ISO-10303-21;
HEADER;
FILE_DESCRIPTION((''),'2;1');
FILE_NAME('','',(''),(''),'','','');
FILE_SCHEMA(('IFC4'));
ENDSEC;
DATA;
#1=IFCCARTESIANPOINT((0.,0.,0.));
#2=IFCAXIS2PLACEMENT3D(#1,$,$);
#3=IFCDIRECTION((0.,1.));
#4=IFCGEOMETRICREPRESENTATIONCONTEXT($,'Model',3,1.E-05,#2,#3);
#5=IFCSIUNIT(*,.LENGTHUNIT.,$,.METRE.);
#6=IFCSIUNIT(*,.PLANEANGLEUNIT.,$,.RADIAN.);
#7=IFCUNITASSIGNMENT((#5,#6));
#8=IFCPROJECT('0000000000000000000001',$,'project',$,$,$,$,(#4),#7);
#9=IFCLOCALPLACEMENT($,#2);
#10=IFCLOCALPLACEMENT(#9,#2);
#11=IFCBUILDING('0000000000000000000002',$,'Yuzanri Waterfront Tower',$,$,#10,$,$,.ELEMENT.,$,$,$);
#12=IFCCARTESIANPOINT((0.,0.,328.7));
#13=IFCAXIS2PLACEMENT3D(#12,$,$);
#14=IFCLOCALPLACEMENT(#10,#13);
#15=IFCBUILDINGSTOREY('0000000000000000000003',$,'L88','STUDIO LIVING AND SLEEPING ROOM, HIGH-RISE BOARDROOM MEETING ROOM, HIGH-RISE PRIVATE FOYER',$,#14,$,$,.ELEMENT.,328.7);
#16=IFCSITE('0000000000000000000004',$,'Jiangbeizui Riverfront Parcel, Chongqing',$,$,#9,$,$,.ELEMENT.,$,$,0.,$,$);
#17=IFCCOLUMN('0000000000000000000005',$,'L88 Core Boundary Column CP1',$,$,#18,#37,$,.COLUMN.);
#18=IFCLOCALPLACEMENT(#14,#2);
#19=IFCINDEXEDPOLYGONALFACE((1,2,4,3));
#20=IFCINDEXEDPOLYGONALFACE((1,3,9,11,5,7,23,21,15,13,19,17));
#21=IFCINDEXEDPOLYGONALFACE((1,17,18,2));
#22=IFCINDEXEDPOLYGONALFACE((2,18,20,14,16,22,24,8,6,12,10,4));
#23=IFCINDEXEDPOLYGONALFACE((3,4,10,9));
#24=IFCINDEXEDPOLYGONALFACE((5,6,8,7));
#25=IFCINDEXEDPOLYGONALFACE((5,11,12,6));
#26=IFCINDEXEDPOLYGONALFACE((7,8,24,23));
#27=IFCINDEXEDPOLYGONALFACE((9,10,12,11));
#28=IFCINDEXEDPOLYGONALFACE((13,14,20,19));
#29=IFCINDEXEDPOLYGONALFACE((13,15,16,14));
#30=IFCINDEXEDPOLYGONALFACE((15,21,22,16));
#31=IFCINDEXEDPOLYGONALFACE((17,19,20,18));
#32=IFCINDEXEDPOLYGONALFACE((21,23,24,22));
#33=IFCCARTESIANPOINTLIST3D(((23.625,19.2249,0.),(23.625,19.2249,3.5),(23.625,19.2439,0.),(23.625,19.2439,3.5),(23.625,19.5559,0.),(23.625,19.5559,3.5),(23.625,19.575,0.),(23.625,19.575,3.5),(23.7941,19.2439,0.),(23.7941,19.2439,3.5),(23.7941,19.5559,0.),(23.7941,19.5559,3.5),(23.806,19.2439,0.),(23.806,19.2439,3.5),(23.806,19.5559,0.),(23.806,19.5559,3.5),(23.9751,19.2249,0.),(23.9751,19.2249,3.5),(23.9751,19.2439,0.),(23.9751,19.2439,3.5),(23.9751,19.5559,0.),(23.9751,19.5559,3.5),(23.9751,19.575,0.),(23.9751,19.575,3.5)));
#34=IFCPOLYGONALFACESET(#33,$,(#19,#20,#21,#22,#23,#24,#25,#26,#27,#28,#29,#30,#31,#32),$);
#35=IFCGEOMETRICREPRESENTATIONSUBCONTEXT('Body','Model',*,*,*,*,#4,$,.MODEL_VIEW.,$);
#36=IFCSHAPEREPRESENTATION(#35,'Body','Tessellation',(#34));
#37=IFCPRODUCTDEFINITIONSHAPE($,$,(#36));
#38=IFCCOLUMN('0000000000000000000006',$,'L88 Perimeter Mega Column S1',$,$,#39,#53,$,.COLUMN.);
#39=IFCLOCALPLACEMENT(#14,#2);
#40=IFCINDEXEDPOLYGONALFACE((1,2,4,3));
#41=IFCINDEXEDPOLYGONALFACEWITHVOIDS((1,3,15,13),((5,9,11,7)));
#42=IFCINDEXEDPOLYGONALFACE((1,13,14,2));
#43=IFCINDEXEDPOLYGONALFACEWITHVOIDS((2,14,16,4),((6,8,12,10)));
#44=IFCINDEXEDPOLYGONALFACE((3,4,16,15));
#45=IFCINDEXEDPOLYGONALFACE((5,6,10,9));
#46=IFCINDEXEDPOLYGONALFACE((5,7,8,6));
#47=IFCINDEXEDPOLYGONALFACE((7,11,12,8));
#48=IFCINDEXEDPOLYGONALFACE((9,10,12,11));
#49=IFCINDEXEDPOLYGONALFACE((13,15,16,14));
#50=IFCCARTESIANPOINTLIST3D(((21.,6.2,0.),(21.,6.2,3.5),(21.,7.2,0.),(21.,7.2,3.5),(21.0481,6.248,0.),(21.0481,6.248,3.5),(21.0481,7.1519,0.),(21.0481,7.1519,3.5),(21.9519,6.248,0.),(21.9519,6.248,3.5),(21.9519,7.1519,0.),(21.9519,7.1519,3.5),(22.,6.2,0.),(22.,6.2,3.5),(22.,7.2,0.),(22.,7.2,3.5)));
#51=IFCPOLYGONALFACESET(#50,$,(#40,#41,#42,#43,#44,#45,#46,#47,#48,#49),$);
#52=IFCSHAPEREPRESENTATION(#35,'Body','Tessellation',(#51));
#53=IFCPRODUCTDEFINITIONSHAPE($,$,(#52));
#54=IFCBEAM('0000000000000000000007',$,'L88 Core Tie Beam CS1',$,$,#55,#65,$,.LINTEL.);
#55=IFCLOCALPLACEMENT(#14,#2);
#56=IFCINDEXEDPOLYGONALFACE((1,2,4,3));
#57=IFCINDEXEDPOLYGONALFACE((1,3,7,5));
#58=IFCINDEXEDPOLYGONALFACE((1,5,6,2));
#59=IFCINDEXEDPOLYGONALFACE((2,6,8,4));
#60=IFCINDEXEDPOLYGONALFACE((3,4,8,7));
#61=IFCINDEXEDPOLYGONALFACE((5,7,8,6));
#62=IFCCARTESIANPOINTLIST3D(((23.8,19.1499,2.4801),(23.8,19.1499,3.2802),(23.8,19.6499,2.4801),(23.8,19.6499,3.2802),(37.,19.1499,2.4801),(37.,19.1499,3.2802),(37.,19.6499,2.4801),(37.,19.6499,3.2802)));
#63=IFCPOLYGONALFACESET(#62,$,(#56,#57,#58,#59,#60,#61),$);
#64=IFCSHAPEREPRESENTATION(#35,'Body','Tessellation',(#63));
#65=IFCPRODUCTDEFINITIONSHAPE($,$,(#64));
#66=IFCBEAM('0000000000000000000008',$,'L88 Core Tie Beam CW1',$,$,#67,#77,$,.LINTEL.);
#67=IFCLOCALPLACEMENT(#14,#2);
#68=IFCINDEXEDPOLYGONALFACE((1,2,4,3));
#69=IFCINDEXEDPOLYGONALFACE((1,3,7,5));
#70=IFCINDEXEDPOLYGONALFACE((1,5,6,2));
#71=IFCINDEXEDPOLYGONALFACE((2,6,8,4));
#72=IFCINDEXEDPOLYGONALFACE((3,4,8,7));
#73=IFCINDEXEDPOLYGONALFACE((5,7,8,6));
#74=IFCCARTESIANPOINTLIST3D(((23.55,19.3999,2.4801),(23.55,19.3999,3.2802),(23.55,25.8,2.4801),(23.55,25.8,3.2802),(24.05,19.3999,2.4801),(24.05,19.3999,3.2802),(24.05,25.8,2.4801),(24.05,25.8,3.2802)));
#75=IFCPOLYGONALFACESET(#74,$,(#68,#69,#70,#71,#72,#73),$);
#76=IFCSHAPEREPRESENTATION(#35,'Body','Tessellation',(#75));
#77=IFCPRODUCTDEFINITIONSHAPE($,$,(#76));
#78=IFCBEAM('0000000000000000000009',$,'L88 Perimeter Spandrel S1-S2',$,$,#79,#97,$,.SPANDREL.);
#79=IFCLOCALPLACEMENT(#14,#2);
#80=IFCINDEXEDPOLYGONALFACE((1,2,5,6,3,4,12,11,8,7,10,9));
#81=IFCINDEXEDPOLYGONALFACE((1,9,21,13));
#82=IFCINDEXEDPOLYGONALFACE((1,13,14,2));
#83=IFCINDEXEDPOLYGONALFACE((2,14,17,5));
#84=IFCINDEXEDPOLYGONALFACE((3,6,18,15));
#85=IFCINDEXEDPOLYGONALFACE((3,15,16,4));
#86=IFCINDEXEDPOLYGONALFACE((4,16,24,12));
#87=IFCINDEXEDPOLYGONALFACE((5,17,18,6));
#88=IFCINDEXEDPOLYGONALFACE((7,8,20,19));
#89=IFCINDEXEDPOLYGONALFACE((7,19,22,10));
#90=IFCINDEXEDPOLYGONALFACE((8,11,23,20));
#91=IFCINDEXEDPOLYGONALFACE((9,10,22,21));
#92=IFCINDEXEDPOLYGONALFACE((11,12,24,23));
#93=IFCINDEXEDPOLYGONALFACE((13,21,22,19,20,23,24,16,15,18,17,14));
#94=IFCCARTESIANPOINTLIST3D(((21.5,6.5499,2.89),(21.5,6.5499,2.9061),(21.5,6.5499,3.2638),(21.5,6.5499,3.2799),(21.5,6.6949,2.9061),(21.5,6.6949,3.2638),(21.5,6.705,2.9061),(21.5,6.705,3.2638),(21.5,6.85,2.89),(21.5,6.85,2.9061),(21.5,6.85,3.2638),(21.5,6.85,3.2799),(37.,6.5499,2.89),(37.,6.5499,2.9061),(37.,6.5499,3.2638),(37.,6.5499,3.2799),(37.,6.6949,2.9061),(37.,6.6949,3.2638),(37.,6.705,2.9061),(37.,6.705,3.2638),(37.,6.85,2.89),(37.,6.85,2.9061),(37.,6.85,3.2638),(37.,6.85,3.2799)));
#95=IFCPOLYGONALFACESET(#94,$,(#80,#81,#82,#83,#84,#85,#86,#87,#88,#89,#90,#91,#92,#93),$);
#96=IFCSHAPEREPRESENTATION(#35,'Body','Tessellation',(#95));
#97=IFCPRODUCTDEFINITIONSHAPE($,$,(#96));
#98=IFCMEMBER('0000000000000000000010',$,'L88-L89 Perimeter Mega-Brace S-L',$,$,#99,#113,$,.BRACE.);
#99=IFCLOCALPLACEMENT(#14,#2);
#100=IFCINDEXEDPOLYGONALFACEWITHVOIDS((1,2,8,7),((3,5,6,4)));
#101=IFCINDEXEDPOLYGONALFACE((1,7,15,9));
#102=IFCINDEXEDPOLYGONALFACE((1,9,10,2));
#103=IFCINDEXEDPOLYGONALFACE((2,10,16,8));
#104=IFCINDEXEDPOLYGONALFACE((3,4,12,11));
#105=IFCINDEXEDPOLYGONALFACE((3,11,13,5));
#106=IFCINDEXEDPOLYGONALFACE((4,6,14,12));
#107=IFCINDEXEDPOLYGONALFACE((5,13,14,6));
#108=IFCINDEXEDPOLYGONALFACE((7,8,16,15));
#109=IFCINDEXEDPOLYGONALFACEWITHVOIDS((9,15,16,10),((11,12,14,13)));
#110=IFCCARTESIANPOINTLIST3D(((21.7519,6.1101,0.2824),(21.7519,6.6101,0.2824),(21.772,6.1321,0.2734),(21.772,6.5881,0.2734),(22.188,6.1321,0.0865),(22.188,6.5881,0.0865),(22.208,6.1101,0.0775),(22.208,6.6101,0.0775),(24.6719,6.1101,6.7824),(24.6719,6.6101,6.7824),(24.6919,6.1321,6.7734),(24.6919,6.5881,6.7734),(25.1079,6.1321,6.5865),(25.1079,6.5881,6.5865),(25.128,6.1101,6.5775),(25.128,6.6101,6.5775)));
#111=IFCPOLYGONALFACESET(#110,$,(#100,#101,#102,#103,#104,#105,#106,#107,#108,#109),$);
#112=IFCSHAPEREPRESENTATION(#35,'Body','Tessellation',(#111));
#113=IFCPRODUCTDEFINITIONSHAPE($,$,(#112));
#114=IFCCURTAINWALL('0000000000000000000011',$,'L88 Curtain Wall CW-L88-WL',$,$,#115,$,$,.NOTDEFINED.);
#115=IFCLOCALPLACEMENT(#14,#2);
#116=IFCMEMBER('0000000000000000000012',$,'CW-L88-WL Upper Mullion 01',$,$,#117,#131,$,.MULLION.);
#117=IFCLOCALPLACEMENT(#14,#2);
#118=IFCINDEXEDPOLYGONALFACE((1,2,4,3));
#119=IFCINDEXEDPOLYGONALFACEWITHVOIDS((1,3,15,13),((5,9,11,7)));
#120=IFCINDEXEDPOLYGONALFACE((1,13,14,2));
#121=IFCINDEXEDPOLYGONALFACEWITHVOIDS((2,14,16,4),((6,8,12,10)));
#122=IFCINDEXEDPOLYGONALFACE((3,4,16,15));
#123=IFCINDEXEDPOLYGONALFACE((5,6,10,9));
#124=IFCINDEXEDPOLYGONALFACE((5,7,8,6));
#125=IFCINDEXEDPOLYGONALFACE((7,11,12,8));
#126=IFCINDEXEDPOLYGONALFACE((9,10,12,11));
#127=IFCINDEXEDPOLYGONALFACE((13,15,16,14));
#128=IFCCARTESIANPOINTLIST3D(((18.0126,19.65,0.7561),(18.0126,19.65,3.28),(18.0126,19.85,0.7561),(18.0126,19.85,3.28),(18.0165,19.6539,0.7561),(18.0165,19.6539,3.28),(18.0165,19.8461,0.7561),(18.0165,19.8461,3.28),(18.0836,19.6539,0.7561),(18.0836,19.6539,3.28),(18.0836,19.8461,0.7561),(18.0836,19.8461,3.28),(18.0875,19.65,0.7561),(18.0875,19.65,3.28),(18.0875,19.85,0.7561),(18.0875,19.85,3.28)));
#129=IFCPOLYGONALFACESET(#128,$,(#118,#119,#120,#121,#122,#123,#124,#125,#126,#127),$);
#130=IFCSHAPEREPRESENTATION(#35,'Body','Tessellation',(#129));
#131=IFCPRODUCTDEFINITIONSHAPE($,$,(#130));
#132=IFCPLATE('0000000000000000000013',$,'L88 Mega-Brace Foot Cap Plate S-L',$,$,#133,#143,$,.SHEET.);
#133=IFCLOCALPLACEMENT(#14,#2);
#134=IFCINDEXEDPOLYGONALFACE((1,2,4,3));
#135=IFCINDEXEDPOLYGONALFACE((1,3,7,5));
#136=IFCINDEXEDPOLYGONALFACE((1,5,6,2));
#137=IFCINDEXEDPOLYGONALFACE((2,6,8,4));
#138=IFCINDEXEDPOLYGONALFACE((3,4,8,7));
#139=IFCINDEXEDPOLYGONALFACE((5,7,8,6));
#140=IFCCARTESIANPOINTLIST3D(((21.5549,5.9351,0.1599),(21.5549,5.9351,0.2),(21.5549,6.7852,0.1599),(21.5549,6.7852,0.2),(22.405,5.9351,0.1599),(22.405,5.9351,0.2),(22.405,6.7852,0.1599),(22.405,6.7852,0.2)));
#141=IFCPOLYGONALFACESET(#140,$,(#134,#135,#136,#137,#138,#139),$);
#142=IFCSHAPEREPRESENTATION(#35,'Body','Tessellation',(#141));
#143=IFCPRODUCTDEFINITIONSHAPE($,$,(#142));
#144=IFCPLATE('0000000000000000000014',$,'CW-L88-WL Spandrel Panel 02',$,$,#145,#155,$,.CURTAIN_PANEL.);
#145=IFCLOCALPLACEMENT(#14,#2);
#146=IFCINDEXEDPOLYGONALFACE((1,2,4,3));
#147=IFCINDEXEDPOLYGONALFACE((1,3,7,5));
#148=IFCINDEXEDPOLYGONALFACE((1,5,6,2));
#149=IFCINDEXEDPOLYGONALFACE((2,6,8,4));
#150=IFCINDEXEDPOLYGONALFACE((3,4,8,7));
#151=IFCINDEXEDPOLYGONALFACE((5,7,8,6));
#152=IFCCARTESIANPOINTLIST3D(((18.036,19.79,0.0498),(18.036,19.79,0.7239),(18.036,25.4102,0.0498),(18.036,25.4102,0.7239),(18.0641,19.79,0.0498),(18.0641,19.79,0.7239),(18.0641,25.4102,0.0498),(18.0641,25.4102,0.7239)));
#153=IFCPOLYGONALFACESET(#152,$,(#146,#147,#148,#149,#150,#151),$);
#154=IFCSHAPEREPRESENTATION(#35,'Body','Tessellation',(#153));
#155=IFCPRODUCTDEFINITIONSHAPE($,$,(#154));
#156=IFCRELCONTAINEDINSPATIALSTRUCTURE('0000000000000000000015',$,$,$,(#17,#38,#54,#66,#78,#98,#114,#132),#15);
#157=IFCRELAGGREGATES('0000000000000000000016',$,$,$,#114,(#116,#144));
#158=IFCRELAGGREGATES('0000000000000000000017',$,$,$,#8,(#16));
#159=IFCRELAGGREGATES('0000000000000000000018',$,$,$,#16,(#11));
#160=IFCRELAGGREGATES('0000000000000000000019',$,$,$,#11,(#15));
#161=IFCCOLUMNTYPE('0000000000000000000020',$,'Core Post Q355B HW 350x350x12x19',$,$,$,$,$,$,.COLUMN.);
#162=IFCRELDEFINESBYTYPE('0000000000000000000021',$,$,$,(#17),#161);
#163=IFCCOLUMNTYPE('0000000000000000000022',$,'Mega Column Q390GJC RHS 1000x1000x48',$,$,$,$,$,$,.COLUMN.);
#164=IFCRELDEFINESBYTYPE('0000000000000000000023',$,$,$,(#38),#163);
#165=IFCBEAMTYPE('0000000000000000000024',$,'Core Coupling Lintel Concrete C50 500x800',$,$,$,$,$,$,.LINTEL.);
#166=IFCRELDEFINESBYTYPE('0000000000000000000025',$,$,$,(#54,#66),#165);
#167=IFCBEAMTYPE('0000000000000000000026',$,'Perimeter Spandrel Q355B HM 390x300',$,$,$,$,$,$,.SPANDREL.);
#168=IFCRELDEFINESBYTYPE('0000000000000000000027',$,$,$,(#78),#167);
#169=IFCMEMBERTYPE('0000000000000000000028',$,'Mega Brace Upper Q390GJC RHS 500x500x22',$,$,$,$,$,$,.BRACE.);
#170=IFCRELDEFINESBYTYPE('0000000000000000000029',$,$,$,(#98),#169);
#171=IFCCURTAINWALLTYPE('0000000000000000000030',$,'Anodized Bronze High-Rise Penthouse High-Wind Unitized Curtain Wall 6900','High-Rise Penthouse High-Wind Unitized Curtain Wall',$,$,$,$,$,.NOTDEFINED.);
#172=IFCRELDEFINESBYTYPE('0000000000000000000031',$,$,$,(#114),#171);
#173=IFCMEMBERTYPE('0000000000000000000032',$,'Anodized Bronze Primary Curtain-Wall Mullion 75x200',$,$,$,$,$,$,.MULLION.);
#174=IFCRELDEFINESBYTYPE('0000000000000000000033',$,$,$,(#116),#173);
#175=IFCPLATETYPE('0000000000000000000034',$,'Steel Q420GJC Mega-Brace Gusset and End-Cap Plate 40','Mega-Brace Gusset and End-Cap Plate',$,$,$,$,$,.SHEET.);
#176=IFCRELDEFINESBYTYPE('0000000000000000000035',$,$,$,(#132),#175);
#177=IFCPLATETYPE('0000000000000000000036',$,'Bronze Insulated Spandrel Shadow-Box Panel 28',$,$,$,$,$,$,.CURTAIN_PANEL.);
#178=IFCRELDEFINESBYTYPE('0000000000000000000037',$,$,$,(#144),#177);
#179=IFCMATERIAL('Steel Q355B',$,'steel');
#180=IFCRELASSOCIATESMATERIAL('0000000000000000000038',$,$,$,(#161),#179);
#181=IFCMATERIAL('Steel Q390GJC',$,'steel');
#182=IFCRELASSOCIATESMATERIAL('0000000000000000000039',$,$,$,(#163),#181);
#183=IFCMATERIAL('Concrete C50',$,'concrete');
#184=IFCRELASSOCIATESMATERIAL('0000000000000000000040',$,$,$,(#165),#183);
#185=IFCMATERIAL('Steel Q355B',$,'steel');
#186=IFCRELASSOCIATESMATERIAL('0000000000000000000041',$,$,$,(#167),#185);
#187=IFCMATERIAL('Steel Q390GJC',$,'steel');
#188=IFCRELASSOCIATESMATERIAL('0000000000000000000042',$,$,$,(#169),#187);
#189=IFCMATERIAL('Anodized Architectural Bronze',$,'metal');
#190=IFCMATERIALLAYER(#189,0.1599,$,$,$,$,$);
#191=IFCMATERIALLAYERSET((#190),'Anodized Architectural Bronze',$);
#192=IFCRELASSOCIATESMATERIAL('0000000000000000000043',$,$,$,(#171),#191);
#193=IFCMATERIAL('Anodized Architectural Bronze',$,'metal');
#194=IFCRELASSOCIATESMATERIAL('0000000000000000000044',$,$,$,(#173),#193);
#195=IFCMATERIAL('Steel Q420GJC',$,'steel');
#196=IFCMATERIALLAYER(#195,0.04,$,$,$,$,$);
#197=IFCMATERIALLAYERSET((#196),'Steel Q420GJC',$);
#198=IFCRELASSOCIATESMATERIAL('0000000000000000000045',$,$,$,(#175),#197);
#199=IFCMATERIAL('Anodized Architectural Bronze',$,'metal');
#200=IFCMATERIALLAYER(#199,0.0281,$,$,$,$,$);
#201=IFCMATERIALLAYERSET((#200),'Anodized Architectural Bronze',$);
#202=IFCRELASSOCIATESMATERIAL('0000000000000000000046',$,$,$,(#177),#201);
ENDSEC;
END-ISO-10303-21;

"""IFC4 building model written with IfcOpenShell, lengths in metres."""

from ifc_helpers import new_model, si_unit, direction, frame, origin, origin_2d, place, context, subcontext, project, spatial, rectangle, hollow_rectangle, i_section, extrude, source, transform, mapped, material, layer, layer_set, material_profile, profile_set, type_object, element, aggregate, save


model = new_model("IFC4")

# Units and contexts
model_context = context("Model", 3, precision=1e-05, world=origin(), true_north=direction((0.0, 1.0)))
body_context = subcontext(model_context, "Body", "Model", "MODEL_VIEW")
ifc_project = project(units=[si_unit("LENGTHUNIT", "METRE"), si_unit("PLANEANGLEUNIT", "RADIAN")], contexts=[model_context])

# Site, building, storey
site_placement = place(None, origin())
site = spatial("IfcSite", under=ifc_project, at=site_placement, Name="Jiangbeizui Riverfront Parcel, Chongqing", CompositionType="ELEMENT", RefElevation=0.0)
building_placement = place(site_placement, origin())
building = spatial("IfcBuilding", under=site, at=building_placement, Name="Yuzanri Waterfront Tower", CompositionType="ELEMENT")
storey_placement = place(building_placement, frame((0.0, 0.0, 328.7)))
storey = spatial("IfcBuildingStorey", under=building, at=storey_placement, Name="L88", Description="STUDIO LIVING AND SLEEPING ROOM, HIGH-RISE BOARDROOM MEETING ROOM, HIGH-RISE PRIVATE FOYER", CompositionType="ELEMENT", Elevation=328.7)

# Columns
ifc_material_1 = material(Name="Steel Q355B", Category="steel")
ifc_material_profile_1 = material_profile(ifc_material_1, i_section(OverallWidth=0.3501, OverallDepth=0.3501, WebThickness=0.012, FlangeThickness=0.019, at=origin_2d()), Name="HW 350x350x12x19")
ifc_profile_set_1 = profile_set([ifc_material_profile_1], Name="Steel Q355B")
column_type_1 = type_object("IfcColumnType", Name="Core Post Q355B HW 350x350x12x19", PredefinedType="COLUMN", material=ifc_profile_set_1)
shared_shape_1 = source(origin(), body_context, "Body", "SweptSolid", [
    extrude(i_section(OverallWidth=0.3501, OverallDepth=0.3501, WebThickness=0.012, FlangeThickness=0.019, at=origin_2d()), origin(), (0.0, 0.0, 1.0), 3.5),
])
column_1_placement = place(storey_placement, frame((23.8, 19.3999, 0.0), z_axis=(0.0, 0.0, 1.0), x_axis=(1.0, 0.0, 0.0)))
element("IfcColumn", 1, at=column_1_placement, inside=storey, type_object=column_type_1, Name="L88 Core Boundary Column CP1", PredefinedType="COLUMN", context=body_context, shape_type="MappedRepresentation", body=[
    mapped(shared_shape_1, transform((0.0, 0.0, 0.0), scale=1.0)),
])
ifc_material_2 = material(Name="Steel Q390GJC", Category="steel")
ifc_material_profile_2 = material_profile(ifc_material_2, hollow_rectangle(XDim=1.0, YDim=1.0, WallThickness=0.0481, at=origin_2d()), Name="RHS 1000x1000x48")
ifc_profile_set_2 = profile_set([ifc_material_profile_2], Name="Steel Q390GJC")
column_type_2 = type_object("IfcColumnType", Name="Mega Column Q390GJC RHS 1000x1000x48", PredefinedType="COLUMN", material=ifc_profile_set_2)
shared_shape_2 = source(origin(), body_context, "Body", "SweptSolid", [
    extrude(hollow_rectangle(XDim=1.0, YDim=1.0, WallThickness=0.0481, at=origin_2d()), origin(), (0.0, 0.0, 1.0), 3.5),
])
column_2_placement = place(storey_placement, frame((21.5, 6.7, 0.0), z_axis=(0.0, 0.0, 1.0), x_axis=(1.0, 0.0, 0.0)))
element("IfcColumn", 2, at=column_2_placement, inside=storey, type_object=column_type_2, Name="L88 Perimeter Mega Column S1", PredefinedType="COLUMN", context=body_context, shape_type="MappedRepresentation", body=[
    mapped(shared_shape_2, transform((0.0, 0.0, 0.0), scale=1.0)),
])

# Beams
ifc_material_3 = material(Name="Concrete C50", Category="concrete")
ifc_material_profile_3 = material_profile(ifc_material_3, rectangle(XDim=0.5, YDim=0.8, at=origin_2d()), Name="RC 500x800")
ifc_profile_set_3 = profile_set([ifc_material_profile_3], Name="Concrete C50")
beam_type_1 = type_object("IfcBeamType", Name="Core Coupling Lintel Concrete C50 500x800", PredefinedType="LINTEL", material=ifc_profile_set_3)
shared_shape_3 = source(origin(), body_context, "Body", "SweptSolid", [
    extrude(rectangle(XDim=0.5, YDim=0.8, at=origin_2d()), origin(), (0.0, 0.0, 1.0), 13.2),
])
beam_1_placement = place(storey_placement, frame((23.8, 19.3999, 2.8801), z_axis=(1.0, 0.0, 0.0), x_axis=(0.0, 1.0, 0.0)))
element("IfcBeam", 3, at=beam_1_placement, inside=storey, type_object=beam_type_1, Name="L88 Core Tie Beam CS1", PredefinedType="LINTEL", context=body_context, shape_type="MappedRepresentation", body=[
    mapped(shared_shape_3, transform((0.0, 0.0, 0.0), scale=1.0)),
])
shared_shape_4 = source(origin(), body_context, "Body", "SweptSolid", [
    extrude(rectangle(XDim=0.5, YDim=0.8, at=origin_2d()), origin(), (0.0, 0.0, 1.0), 6.4001),
])
beam_2_placement = place(storey_placement, frame((23.8, 19.3999, 2.8801), z_axis=(0.0, 1.0, 0.0), x_axis=(-1.0, 0.0, 0.0)))
element("IfcBeam", 4, at=beam_2_placement, inside=storey, type_object=beam_type_1, Name="L88 Core Tie Beam CW1", PredefinedType="LINTEL", context=body_context, shape_type="MappedRepresentation", body=[
    mapped(shared_shape_4, transform((0.0, 0.0, 0.0), scale=1.0)),
])
ifc_material_4 = material(Name="Steel Q355B", Category="steel")
ifc_material_profile_4 = material_profile(ifc_material_4, i_section(OverallWidth=0.3, OverallDepth=0.3899, WebThickness=0.01, FlangeThickness=0.0161, at=origin_2d()), Name="HM 390x300x10x16")
ifc_profile_set_4 = profile_set([ifc_material_profile_4], Name="Steel Q355B")
beam_type_2 = type_object("IfcBeamType", Name="Perimeter Spandrel Q355B HM 390x300", PredefinedType="SPANDREL", material=ifc_profile_set_4)
shared_shape_5 = source(origin(), body_context, "Body", "SweptSolid", [
    extrude(i_section(OverallWidth=0.3, OverallDepth=0.3899, WebThickness=0.01, FlangeThickness=0.0161, at=origin_2d()), origin(), (0.0, 0.0, 1.0), 15.5),
])
beam_3_placement = place(storey_placement, frame((21.5, 6.7, 3.085), z_axis=(1.0, 0.0, 0.0), x_axis=(0.0, 1.0, 0.0)))
element("IfcBeam", 5, at=beam_3_placement, inside=storey, type_object=beam_type_2, Name="L88 Perimeter Spandrel S1-S2", PredefinedType="SPANDREL", context=body_context, shape_type="MappedRepresentation", body=[
    mapped(shared_shape_5, transform((0.0, 0.0, 0.0), scale=1.0)),
])

# Member
ifc_material_5 = material(Name="Steel Q390GJC", Category="steel")
ifc_material_profile_5 = material_profile(ifc_material_5, hollow_rectangle(XDim=0.5, YDim=0.5, WallThickness=0.022, at=origin_2d()), Name="RHS 500x500x22")
ifc_profile_set_5 = profile_set([ifc_material_profile_5], Name="Steel Q390GJC")
member_type_1 = type_object("IfcMemberType", Name="Mega Brace Upper Q390GJC RHS 500x500x22", PredefinedType="BRACE", material=ifc_profile_set_5)
shared_shape_6 = source(origin(), body_context, "Body", "SweptSolid", [
    extrude(hollow_rectangle(XDim=0.5, YDim=0.5, WallThickness=0.022, at=origin_2d()), origin(), (0.0, 0.0, 1.0), 7.1257),
])
member_1_placement = place(storey_placement, frame((21.98, 6.3601, 0.1799), z_axis=(0.409772, 0.0, 0.912188), x_axis=(0.0, 1.0, 0.0)))
element("IfcMember", 6, at=member_1_placement, inside=storey, type_object=member_type_1, Name="L88-L89 Perimeter Mega-Brace S-L", PredefinedType="BRACE", context=body_context, shape_type="MappedRepresentation", body=[
    mapped(shared_shape_6, transform((0.0, 0.0, 0.0), scale=1.0)),
])

# Curtain wall, member
ifc_material_6 = material(Name="Anodized Architectural Bronze", Category="metal")
ifc_layer_1 = layer(ifc_material_6, 0.1599)
ifc_layer_set_1 = layer_set([ifc_layer_1], Name="Anodized Architectural Bronze")
curtain_wall_type = type_object("IfcCurtainWallType", Name="Anodized Bronze High-Rise Penthouse High-Wind Unitized Curtain Wall 6900", Description="High-Rise Penthouse High-Wind Unitized Curtain Wall", PredefinedType="NOTDEFINED", material=ifc_layer_set_1)
curtain_wall_placement = place(storey_placement, origin())
curtain_wall = element("IfcCurtainWall", 7, at=curtain_wall_placement, inside=storey, type_object=curtain_wall_type, Name="L88 Curtain Wall CW-L88-WL", PredefinedType="NOTDEFINED")
ifc_material_7 = material(Name="Anodized Architectural Bronze", Category="metal")
ifc_material_profile_6 = material_profile(ifc_material_7, hollow_rectangle(XDim=0.075, YDim=0.2, WallThickness=0.0039, at=origin_2d()), Name="CWM 75x200")
ifc_profile_set_6 = profile_set([ifc_material_profile_6], Name="Anodized Architectural Bronze")
member_type_2 = type_object("IfcMemberType", Name="Anodized Bronze Primary Curtain-Wall Mullion 75x200", PredefinedType="MULLION", material=ifc_profile_set_6)
shared_shape_7 = source(origin(), body_context, "Body", "SweptSolid", [
    extrude(hollow_rectangle(XDim=0.075, YDim=0.2, WallThickness=0.0039, at=origin_2d()), origin(), (0.0, 0.0, 1.0), 2.5239),
])
member_2_placement = place(storey_placement, frame((18.05, 19.75, 0.7561), z_axis=(0.0, 0.0, 1.0), x_axis=(1.0, 0.0, 0.0)))
member_2 = element("IfcMember", 8, at=member_2_placement, type_object=member_type_2, Name="CW-L88-WL Upper Mullion 01", PredefinedType="MULLION", context=body_context, shape_type="MappedRepresentation", body=[
    mapped(shared_shape_7, transform((0.0, 0.0, 0.0), scale=1.0)),
])

# Plates
ifc_material_8 = material(Name="Steel Q420GJC", Category="steel")
ifc_layer_2 = layer(ifc_material_8, 0.04)
ifc_layer_set_2 = layer_set([ifc_layer_2], Name="Steel Q420GJC")
plate_type_1 = type_object("IfcPlateType", Name="Steel Q420GJC Mega-Brace Gusset and End-Cap Plate 40", Description="Mega-Brace Gusset and End-Cap Plate", PredefinedType="SHEET", material=ifc_layer_set_2)
shared_shape_8 = source(origin(), body_context, "Body", "SweptSolid", [
    extrude(rectangle(XDim=0.8501, YDim=0.8501, at=origin_2d()), origin(), (0.0, 0.0, 1.0), 0.04),
])
plate_1_placement = place(storey_placement, frame((21.98, 6.3601, 0.1599), z_axis=(0.0, 0.0, 1.0), x_axis=(1.0, 0.0, 0.0)))
element("IfcPlate", 9, at=plate_1_placement, inside=storey, type_object=plate_type_1, Name="L88 Mega-Brace Foot Cap Plate S-L", PredefinedType="SHEET", context=body_context, shape_type="MappedRepresentation", body=[
    mapped(shared_shape_8, transform((0.0, 0.0, 0.0), scale=1.0)),
])
ifc_material_9 = material(Name="Anodized Architectural Bronze", Category="metal")
ifc_layer_3 = layer(ifc_material_9, 0.0281)
ifc_layer_set_3 = layer_set([ifc_layer_3], Name="Anodized Architectural Bronze")
plate_type_2 = type_object("IfcPlateType", Name="Bronze Insulated Spandrel Shadow-Box Panel 28", PredefinedType="CURTAIN_PANEL", material=ifc_layer_set_3)
shared_shape_9 = source(origin(), body_context, "Body", "SweptSolid", [
    extrude(rectangle(XDim=5.6201, YDim=0.0281, at=origin_2d()), origin(), (0.0, 0.0, 1.0), 0.6741),
])
plate_2_placement = place(storey_placement, frame((18.05, 22.6001, 0.0498), z_axis=(0.0, 0.0, 1.0), x_axis=(0.0, 1.0, 0.0)))
plate_2 = element("IfcPlate", 10, at=plate_2_placement, type_object=plate_type_2, Name="CW-L88-WL Spandrel Panel 02", PredefinedType="CURTAIN_PANEL", context=body_context, shape_type="MappedRepresentation", body=[
    mapped(shared_shape_9, transform((0.0, 0.0, 0.0), scale=1.0)),
])
aggregate(curtain_wall, [member_2, plate_2])

save(model, "model.ifc")
